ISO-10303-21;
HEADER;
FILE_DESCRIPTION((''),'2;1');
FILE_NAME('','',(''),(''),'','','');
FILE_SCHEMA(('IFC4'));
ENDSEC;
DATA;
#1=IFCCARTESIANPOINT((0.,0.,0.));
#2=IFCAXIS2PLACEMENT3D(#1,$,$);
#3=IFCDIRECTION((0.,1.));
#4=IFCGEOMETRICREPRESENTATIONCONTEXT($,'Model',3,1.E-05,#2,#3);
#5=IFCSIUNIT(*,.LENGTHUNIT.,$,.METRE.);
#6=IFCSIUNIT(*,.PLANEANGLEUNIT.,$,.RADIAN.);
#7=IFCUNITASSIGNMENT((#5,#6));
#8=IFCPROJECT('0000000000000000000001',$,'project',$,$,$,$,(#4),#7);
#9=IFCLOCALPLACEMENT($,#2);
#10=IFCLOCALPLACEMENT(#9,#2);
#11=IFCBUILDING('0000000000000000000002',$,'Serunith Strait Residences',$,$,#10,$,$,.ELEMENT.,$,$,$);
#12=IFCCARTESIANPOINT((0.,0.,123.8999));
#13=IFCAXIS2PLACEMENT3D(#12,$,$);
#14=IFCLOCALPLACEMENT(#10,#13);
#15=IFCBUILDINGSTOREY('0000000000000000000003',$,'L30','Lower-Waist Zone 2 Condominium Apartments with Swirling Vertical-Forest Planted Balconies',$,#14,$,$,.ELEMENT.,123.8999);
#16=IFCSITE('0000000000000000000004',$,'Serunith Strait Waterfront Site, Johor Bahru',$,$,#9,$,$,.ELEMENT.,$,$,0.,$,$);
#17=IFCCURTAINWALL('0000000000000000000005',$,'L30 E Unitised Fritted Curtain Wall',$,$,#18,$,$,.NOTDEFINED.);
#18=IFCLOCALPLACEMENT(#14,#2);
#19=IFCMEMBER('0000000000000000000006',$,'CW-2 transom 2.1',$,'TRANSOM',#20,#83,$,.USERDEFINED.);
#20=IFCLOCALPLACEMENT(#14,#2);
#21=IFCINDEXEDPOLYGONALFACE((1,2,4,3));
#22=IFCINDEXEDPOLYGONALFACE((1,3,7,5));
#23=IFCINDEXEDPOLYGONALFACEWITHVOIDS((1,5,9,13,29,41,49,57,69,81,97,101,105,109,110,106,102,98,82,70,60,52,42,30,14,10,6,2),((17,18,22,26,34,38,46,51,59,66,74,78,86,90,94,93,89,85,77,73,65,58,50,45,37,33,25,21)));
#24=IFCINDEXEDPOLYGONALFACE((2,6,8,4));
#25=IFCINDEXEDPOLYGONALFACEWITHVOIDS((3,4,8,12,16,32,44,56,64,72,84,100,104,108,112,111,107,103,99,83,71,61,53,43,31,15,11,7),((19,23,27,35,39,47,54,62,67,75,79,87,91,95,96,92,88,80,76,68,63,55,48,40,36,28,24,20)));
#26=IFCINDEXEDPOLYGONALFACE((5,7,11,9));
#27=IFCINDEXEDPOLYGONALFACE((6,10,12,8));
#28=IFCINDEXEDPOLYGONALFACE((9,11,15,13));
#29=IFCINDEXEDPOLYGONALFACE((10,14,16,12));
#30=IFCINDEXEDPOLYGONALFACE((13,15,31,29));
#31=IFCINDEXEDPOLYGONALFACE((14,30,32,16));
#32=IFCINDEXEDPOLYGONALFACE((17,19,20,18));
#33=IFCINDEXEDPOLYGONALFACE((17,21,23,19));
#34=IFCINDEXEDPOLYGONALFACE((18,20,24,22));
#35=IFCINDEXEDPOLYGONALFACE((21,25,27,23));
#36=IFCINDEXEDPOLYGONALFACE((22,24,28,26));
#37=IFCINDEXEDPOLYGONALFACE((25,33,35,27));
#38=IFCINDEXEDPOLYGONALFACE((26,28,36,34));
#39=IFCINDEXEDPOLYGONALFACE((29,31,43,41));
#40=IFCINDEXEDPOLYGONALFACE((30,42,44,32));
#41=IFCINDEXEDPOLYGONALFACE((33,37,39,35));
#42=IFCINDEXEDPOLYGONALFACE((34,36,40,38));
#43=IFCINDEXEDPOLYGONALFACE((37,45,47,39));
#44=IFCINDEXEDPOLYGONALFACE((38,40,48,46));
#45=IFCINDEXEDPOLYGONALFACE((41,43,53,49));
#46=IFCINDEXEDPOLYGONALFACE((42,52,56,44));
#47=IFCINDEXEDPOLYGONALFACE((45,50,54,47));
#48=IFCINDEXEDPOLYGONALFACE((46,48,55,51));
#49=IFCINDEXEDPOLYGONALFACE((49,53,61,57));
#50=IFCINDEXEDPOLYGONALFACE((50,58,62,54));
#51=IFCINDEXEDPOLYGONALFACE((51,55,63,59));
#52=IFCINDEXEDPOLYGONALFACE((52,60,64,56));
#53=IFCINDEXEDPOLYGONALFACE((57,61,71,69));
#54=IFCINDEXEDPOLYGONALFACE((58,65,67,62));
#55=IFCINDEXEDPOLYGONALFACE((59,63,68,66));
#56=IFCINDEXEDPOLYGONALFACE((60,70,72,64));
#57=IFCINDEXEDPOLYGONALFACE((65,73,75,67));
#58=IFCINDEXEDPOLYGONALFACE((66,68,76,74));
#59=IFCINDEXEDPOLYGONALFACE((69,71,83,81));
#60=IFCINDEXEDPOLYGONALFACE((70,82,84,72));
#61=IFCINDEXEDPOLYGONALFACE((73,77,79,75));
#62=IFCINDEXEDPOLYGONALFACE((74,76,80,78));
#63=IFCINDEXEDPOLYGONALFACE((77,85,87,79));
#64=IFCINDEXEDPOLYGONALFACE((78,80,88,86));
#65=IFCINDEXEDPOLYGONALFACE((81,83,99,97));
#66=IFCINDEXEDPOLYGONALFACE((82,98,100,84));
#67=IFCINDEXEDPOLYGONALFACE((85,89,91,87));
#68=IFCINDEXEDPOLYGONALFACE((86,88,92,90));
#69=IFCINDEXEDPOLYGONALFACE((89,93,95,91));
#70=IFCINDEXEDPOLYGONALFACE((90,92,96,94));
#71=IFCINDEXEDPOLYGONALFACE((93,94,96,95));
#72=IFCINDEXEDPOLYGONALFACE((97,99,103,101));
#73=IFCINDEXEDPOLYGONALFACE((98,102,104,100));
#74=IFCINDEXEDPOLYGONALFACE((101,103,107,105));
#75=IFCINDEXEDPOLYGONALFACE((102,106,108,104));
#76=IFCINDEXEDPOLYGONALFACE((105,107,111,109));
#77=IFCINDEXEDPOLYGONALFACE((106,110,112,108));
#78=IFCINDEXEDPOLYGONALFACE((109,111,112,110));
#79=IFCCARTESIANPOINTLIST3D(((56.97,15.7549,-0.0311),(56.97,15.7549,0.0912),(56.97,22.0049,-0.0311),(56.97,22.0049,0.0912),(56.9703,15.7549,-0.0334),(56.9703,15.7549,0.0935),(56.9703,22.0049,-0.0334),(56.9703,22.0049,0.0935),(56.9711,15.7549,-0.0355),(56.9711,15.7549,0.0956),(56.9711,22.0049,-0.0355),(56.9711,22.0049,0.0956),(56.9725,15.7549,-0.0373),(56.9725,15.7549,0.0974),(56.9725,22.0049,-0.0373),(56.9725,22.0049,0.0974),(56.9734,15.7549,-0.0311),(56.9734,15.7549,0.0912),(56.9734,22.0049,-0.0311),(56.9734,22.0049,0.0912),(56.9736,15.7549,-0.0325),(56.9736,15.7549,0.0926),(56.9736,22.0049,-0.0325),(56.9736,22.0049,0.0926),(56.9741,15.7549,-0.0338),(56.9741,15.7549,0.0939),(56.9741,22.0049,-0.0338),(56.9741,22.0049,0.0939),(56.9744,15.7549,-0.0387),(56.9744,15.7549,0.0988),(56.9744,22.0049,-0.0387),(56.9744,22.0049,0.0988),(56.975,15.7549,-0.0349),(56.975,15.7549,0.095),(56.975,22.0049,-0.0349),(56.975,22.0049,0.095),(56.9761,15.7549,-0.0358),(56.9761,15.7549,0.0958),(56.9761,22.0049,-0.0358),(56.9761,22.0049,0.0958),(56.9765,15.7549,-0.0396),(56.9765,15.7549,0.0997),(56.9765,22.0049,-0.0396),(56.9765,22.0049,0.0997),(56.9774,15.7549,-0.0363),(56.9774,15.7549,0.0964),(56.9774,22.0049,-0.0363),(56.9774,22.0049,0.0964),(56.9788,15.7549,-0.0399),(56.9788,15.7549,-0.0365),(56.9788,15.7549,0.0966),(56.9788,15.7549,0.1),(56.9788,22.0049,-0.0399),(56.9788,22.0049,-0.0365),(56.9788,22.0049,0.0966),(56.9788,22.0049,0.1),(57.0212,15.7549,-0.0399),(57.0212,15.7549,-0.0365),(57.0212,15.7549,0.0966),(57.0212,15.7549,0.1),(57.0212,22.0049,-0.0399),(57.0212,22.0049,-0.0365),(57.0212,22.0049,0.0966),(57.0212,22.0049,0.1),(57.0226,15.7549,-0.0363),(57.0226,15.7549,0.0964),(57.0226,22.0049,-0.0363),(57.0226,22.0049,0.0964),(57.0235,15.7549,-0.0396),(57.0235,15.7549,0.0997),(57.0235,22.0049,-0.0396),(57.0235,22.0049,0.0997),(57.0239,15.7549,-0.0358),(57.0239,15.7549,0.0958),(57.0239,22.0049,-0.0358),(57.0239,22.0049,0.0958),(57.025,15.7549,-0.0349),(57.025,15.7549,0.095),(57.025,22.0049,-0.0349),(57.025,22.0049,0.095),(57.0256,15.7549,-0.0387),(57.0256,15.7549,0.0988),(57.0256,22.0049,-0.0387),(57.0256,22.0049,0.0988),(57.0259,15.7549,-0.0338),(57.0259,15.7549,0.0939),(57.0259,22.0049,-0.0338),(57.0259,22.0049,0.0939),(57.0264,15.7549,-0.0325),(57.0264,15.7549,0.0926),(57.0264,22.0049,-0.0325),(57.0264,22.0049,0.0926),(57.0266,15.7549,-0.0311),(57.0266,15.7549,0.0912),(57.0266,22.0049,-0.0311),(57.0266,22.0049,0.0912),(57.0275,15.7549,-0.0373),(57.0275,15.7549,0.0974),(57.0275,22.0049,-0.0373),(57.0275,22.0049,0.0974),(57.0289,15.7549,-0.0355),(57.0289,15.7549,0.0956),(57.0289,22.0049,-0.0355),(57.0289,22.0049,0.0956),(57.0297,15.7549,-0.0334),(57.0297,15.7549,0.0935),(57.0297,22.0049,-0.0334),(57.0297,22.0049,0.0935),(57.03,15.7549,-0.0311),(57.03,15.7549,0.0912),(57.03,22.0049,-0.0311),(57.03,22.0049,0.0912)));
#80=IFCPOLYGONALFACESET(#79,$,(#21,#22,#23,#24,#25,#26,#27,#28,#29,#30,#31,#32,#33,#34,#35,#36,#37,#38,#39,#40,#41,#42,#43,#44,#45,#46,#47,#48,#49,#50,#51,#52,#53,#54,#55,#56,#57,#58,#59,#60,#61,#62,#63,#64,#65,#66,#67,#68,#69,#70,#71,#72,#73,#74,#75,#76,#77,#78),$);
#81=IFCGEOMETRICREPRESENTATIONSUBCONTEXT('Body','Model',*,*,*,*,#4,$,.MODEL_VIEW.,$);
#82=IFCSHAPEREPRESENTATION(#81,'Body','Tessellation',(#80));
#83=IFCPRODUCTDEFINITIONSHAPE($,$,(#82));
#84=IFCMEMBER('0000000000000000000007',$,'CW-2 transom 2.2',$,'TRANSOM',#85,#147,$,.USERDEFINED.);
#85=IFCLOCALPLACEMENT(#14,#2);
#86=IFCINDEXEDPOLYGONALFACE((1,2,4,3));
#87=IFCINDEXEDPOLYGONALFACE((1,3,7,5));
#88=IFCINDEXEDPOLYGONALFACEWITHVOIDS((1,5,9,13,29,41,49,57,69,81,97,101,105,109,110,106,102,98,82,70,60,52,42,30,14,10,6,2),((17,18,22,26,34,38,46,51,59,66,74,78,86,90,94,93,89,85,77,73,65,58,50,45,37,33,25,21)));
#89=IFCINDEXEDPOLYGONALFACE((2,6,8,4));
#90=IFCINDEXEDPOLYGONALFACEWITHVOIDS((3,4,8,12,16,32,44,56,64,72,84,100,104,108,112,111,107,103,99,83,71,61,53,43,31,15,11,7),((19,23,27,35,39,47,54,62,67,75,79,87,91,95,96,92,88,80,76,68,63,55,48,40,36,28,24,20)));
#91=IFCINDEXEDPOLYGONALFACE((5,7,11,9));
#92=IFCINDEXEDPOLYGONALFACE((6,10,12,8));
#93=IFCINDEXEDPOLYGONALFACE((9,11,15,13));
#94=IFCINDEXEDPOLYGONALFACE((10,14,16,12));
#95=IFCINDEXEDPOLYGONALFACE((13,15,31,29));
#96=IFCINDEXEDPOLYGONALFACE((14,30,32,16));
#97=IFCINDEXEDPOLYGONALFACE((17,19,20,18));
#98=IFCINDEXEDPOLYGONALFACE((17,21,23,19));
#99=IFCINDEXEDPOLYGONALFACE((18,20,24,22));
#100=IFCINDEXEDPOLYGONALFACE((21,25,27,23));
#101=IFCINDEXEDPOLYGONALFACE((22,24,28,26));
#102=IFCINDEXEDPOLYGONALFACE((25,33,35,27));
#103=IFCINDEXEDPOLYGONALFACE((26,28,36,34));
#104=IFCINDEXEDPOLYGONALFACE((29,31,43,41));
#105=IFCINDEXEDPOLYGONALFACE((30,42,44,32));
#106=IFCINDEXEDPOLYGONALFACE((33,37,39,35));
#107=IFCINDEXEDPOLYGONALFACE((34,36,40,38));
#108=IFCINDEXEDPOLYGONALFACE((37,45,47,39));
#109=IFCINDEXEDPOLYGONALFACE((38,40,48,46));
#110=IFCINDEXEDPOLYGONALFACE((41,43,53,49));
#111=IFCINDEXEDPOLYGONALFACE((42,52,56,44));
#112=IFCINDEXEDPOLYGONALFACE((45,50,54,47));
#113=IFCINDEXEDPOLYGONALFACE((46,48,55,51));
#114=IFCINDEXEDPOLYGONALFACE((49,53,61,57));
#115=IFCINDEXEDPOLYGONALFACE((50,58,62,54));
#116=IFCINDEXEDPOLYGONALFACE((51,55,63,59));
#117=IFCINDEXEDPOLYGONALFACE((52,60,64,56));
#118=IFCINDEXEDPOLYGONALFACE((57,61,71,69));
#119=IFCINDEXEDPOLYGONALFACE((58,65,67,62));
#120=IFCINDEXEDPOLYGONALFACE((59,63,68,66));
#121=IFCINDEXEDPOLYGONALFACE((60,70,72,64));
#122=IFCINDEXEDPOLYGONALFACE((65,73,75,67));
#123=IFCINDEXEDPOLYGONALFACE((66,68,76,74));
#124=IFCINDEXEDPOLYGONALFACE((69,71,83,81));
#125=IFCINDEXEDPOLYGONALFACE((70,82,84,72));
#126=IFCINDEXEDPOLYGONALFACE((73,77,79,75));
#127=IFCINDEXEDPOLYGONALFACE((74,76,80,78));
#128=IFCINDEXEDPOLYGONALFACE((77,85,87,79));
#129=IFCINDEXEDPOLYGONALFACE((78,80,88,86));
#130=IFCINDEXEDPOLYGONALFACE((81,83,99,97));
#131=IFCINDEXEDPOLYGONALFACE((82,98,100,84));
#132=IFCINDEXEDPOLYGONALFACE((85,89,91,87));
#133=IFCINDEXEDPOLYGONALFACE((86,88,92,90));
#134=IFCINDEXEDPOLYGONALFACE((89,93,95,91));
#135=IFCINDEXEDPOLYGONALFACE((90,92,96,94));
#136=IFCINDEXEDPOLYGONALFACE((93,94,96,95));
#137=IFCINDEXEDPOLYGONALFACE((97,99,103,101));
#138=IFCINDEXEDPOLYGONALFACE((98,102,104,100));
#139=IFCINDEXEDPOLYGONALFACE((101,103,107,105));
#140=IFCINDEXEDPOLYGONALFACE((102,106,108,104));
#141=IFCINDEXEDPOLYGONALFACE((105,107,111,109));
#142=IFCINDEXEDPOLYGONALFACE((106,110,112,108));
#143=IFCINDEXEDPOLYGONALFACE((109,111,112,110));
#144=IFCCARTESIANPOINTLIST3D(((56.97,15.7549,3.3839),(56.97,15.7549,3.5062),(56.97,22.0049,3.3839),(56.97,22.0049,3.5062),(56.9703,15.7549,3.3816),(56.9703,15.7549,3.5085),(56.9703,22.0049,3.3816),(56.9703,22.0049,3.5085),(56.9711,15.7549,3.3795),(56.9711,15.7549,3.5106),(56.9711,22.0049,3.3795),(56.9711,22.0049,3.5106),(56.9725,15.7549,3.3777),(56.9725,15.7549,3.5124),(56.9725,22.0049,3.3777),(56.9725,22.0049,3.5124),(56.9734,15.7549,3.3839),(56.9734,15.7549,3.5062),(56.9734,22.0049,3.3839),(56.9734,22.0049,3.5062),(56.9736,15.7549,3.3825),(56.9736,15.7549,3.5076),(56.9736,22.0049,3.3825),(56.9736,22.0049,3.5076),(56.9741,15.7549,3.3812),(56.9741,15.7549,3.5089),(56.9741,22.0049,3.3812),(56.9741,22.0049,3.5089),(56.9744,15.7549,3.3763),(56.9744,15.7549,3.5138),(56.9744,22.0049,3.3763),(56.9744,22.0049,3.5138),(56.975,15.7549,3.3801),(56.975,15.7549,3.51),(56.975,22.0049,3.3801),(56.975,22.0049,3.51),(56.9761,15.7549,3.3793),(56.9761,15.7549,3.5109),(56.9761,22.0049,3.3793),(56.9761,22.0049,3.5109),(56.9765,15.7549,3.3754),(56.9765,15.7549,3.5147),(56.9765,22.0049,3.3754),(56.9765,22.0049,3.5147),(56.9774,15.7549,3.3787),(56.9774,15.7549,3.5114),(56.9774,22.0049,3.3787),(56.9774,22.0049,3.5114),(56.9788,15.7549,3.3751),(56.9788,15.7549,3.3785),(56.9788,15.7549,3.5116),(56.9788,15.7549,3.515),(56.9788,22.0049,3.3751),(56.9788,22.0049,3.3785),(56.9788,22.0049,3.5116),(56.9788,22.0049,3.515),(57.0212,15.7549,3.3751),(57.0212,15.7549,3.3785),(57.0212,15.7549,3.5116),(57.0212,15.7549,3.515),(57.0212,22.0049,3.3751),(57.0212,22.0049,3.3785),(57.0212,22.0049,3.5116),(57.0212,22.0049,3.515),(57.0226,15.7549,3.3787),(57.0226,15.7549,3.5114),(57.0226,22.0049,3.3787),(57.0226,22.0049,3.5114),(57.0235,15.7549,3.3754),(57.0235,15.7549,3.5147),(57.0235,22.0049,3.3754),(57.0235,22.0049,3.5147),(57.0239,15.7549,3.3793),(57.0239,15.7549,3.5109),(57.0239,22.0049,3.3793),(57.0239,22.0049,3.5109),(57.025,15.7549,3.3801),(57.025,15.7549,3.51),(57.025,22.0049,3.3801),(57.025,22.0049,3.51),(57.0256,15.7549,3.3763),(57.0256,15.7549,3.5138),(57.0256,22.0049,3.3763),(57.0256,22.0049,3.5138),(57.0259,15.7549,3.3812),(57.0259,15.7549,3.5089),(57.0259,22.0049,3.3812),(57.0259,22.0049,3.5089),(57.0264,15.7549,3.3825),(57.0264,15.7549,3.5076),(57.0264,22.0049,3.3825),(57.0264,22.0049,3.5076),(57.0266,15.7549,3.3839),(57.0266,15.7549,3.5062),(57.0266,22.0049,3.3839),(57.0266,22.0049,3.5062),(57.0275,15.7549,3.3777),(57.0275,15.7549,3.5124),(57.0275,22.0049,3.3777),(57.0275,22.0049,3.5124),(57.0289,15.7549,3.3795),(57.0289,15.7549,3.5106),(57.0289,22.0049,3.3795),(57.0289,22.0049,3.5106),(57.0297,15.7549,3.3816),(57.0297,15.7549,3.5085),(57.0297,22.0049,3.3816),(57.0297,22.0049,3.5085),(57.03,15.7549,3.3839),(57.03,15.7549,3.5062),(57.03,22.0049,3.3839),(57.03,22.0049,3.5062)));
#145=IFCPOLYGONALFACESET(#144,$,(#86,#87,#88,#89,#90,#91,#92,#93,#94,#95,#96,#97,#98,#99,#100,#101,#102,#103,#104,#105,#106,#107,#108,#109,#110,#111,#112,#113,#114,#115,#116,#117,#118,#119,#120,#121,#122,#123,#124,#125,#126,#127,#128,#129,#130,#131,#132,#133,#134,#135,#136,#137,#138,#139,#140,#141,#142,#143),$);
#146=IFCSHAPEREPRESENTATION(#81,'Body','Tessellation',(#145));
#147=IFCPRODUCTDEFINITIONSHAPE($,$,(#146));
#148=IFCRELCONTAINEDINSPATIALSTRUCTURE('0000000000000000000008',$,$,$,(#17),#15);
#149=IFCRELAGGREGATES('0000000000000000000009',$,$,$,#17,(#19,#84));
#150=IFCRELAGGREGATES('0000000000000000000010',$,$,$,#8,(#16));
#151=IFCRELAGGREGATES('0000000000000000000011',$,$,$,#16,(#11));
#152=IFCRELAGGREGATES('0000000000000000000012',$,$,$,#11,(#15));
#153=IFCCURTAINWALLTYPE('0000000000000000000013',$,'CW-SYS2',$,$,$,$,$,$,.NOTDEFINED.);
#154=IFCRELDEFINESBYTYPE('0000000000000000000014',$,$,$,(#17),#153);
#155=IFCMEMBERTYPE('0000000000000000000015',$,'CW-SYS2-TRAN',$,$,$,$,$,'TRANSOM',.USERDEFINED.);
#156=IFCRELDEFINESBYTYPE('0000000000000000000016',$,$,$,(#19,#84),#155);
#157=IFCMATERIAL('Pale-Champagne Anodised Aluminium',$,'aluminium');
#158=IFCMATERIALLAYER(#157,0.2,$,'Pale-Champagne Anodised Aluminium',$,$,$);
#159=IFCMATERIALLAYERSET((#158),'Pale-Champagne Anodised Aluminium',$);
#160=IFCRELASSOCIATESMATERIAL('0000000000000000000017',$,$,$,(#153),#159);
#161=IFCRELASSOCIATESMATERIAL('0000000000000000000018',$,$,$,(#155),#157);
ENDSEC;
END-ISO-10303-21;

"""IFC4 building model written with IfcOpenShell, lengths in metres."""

from ifc_helpers import new_model, si_unit, direction, frame, origin, origin_2d, place, context, subcontext, project, spatial, hollow_rectangle, extrude, source, transform, mapped, material, layer, layer_set, material_profile, profile_set, type_object, element, aggregate, save


model = new_model("IFC4")

# Units and contexts
model_context = context("Model", 3, precision=1e-05, world=origin(), true_north=direction((0.0, 1.0)))
body_context = subcontext(model_context, "Body", "Model", "MODEL_VIEW")
ifc_project = project(units=[si_unit("LENGTHUNIT", "METRE"), si_unit("PLANEANGLEUNIT", "RADIAN")], contexts=[model_context])

# Site, building, storey
site_placement = place(None, origin())
site = spatial("IfcSite", under=ifc_project, at=site_placement, Name="Serunith Strait Waterfront Site, Johor Bahru", CompositionType="ELEMENT", RefElevation=0.0)
building_placement = place(site_placement, origin())
building = spatial("IfcBuilding", under=site, at=building_placement, Name="Serunith Strait Residences", CompositionType="ELEMENT")
storey_placement = place(building_placement, frame((0.0, 0.0, 123.8999)))
storey = spatial("IfcBuildingStorey", under=building, at=storey_placement, Name="L30", Description="Lower-Waist Zone 2 Condominium Apartments with Swirling Vertical-Forest Planted Balconies", CompositionType="ELEMENT", Elevation=123.8999)

# Curtain wall, members
ifc_material_1 = material(Name="Pale-Champagne Anodised Aluminium", Category="aluminium")
ifc_layer_1 = layer(ifc_material_1, 0.2, Name="Pale-Champagne Anodised Aluminium")
ifc_layer_set_1 = layer_set([ifc_layer_1], Name="Pale-Champagne Anodised Aluminium")
curtain_wall_type = type_object("IfcCurtainWallType", Name="CW-SYS2", PredefinedType="NOTDEFINED", material=ifc_layer_set_1)
curtain_wall_placement = place(storey_placement, origin())
curtain_wall = element("IfcCurtainWall", 1, at=curtain_wall_placement, inside=storey, type_object=curtain_wall_type, Name="L30 E Unitised Fritted Curtain Wall", PredefinedType="NOTDEFINED")
ifc_material_profile_1 = material_profile(ifc_material_1, hollow_rectangle(XDim=0.0601, YDim=0.1399, WallThickness=0.0034, InnerFilletRadius=0.0054, OuterFilletRadius=0.0088, at=origin_2d()), Name="ALU 140x60x3.5")
ifc_profile_set_1 = profile_set([ifc_material_profile_1], Name="Pale-Champagne Anodised Aluminium")
member_type_1 = type_object("IfcMemberType", Name="CW-SYS2-TRAN", ElementType="TRANSOM", PredefinedType="USERDEFINED", material=ifc_profile_set_1)
shared_shape_1 = source(origin(), body_context, "Body", "SweptSolid", [
    extrude(hollow_rectangle(XDim=0.0601, YDim=0.1399, WallThickness=0.0034, InnerFilletRadius=0.0054, OuterFilletRadius=0.0088, at=origin_2d()), origin(), (0.0, 0.0, 1.0), 6.25),
])
member_1_placement = place(storey_placement, frame((57.0, 15.7549, 0.03), z_axis=(0.0, 1.0, 0.0), x_axis=(-1.0, 0.0, 0.0)))
member_1 = element("IfcMember", 2, at=member_1_placement, type_object=member_type_1, Name="CW-2 transom 2.1", ObjectType="TRANSOM", PredefinedType="USERDEFINED", context=body_context, shape_type="MappedRepresentation", body=[
    mapped(shared_shape_1, transform((0.0, 0.0, 0.0), scale=1.0)),
])
member_2_placement = place(storey_placement, frame((57.0, 15.7549, 3.4451), z_axis=(0.0, 1.0, 0.0), x_axis=(-1.0, 0.0, 0.0)))
member_2 = element("IfcMember", 3, at=member_2_placement, type_object=member_type_1, Name="CW-2 transom 2.2", ObjectType="TRANSOM", PredefinedType="USERDEFINED", context=body_context, shape_type="MappedRepresentation", body=[
    mapped(shared_shape_1, transform((0.0, 0.0, 0.0), scale=1.0)),
])
aggregate(curtain_wall, [member_1, member_2])

save(model, "model.ifc")
